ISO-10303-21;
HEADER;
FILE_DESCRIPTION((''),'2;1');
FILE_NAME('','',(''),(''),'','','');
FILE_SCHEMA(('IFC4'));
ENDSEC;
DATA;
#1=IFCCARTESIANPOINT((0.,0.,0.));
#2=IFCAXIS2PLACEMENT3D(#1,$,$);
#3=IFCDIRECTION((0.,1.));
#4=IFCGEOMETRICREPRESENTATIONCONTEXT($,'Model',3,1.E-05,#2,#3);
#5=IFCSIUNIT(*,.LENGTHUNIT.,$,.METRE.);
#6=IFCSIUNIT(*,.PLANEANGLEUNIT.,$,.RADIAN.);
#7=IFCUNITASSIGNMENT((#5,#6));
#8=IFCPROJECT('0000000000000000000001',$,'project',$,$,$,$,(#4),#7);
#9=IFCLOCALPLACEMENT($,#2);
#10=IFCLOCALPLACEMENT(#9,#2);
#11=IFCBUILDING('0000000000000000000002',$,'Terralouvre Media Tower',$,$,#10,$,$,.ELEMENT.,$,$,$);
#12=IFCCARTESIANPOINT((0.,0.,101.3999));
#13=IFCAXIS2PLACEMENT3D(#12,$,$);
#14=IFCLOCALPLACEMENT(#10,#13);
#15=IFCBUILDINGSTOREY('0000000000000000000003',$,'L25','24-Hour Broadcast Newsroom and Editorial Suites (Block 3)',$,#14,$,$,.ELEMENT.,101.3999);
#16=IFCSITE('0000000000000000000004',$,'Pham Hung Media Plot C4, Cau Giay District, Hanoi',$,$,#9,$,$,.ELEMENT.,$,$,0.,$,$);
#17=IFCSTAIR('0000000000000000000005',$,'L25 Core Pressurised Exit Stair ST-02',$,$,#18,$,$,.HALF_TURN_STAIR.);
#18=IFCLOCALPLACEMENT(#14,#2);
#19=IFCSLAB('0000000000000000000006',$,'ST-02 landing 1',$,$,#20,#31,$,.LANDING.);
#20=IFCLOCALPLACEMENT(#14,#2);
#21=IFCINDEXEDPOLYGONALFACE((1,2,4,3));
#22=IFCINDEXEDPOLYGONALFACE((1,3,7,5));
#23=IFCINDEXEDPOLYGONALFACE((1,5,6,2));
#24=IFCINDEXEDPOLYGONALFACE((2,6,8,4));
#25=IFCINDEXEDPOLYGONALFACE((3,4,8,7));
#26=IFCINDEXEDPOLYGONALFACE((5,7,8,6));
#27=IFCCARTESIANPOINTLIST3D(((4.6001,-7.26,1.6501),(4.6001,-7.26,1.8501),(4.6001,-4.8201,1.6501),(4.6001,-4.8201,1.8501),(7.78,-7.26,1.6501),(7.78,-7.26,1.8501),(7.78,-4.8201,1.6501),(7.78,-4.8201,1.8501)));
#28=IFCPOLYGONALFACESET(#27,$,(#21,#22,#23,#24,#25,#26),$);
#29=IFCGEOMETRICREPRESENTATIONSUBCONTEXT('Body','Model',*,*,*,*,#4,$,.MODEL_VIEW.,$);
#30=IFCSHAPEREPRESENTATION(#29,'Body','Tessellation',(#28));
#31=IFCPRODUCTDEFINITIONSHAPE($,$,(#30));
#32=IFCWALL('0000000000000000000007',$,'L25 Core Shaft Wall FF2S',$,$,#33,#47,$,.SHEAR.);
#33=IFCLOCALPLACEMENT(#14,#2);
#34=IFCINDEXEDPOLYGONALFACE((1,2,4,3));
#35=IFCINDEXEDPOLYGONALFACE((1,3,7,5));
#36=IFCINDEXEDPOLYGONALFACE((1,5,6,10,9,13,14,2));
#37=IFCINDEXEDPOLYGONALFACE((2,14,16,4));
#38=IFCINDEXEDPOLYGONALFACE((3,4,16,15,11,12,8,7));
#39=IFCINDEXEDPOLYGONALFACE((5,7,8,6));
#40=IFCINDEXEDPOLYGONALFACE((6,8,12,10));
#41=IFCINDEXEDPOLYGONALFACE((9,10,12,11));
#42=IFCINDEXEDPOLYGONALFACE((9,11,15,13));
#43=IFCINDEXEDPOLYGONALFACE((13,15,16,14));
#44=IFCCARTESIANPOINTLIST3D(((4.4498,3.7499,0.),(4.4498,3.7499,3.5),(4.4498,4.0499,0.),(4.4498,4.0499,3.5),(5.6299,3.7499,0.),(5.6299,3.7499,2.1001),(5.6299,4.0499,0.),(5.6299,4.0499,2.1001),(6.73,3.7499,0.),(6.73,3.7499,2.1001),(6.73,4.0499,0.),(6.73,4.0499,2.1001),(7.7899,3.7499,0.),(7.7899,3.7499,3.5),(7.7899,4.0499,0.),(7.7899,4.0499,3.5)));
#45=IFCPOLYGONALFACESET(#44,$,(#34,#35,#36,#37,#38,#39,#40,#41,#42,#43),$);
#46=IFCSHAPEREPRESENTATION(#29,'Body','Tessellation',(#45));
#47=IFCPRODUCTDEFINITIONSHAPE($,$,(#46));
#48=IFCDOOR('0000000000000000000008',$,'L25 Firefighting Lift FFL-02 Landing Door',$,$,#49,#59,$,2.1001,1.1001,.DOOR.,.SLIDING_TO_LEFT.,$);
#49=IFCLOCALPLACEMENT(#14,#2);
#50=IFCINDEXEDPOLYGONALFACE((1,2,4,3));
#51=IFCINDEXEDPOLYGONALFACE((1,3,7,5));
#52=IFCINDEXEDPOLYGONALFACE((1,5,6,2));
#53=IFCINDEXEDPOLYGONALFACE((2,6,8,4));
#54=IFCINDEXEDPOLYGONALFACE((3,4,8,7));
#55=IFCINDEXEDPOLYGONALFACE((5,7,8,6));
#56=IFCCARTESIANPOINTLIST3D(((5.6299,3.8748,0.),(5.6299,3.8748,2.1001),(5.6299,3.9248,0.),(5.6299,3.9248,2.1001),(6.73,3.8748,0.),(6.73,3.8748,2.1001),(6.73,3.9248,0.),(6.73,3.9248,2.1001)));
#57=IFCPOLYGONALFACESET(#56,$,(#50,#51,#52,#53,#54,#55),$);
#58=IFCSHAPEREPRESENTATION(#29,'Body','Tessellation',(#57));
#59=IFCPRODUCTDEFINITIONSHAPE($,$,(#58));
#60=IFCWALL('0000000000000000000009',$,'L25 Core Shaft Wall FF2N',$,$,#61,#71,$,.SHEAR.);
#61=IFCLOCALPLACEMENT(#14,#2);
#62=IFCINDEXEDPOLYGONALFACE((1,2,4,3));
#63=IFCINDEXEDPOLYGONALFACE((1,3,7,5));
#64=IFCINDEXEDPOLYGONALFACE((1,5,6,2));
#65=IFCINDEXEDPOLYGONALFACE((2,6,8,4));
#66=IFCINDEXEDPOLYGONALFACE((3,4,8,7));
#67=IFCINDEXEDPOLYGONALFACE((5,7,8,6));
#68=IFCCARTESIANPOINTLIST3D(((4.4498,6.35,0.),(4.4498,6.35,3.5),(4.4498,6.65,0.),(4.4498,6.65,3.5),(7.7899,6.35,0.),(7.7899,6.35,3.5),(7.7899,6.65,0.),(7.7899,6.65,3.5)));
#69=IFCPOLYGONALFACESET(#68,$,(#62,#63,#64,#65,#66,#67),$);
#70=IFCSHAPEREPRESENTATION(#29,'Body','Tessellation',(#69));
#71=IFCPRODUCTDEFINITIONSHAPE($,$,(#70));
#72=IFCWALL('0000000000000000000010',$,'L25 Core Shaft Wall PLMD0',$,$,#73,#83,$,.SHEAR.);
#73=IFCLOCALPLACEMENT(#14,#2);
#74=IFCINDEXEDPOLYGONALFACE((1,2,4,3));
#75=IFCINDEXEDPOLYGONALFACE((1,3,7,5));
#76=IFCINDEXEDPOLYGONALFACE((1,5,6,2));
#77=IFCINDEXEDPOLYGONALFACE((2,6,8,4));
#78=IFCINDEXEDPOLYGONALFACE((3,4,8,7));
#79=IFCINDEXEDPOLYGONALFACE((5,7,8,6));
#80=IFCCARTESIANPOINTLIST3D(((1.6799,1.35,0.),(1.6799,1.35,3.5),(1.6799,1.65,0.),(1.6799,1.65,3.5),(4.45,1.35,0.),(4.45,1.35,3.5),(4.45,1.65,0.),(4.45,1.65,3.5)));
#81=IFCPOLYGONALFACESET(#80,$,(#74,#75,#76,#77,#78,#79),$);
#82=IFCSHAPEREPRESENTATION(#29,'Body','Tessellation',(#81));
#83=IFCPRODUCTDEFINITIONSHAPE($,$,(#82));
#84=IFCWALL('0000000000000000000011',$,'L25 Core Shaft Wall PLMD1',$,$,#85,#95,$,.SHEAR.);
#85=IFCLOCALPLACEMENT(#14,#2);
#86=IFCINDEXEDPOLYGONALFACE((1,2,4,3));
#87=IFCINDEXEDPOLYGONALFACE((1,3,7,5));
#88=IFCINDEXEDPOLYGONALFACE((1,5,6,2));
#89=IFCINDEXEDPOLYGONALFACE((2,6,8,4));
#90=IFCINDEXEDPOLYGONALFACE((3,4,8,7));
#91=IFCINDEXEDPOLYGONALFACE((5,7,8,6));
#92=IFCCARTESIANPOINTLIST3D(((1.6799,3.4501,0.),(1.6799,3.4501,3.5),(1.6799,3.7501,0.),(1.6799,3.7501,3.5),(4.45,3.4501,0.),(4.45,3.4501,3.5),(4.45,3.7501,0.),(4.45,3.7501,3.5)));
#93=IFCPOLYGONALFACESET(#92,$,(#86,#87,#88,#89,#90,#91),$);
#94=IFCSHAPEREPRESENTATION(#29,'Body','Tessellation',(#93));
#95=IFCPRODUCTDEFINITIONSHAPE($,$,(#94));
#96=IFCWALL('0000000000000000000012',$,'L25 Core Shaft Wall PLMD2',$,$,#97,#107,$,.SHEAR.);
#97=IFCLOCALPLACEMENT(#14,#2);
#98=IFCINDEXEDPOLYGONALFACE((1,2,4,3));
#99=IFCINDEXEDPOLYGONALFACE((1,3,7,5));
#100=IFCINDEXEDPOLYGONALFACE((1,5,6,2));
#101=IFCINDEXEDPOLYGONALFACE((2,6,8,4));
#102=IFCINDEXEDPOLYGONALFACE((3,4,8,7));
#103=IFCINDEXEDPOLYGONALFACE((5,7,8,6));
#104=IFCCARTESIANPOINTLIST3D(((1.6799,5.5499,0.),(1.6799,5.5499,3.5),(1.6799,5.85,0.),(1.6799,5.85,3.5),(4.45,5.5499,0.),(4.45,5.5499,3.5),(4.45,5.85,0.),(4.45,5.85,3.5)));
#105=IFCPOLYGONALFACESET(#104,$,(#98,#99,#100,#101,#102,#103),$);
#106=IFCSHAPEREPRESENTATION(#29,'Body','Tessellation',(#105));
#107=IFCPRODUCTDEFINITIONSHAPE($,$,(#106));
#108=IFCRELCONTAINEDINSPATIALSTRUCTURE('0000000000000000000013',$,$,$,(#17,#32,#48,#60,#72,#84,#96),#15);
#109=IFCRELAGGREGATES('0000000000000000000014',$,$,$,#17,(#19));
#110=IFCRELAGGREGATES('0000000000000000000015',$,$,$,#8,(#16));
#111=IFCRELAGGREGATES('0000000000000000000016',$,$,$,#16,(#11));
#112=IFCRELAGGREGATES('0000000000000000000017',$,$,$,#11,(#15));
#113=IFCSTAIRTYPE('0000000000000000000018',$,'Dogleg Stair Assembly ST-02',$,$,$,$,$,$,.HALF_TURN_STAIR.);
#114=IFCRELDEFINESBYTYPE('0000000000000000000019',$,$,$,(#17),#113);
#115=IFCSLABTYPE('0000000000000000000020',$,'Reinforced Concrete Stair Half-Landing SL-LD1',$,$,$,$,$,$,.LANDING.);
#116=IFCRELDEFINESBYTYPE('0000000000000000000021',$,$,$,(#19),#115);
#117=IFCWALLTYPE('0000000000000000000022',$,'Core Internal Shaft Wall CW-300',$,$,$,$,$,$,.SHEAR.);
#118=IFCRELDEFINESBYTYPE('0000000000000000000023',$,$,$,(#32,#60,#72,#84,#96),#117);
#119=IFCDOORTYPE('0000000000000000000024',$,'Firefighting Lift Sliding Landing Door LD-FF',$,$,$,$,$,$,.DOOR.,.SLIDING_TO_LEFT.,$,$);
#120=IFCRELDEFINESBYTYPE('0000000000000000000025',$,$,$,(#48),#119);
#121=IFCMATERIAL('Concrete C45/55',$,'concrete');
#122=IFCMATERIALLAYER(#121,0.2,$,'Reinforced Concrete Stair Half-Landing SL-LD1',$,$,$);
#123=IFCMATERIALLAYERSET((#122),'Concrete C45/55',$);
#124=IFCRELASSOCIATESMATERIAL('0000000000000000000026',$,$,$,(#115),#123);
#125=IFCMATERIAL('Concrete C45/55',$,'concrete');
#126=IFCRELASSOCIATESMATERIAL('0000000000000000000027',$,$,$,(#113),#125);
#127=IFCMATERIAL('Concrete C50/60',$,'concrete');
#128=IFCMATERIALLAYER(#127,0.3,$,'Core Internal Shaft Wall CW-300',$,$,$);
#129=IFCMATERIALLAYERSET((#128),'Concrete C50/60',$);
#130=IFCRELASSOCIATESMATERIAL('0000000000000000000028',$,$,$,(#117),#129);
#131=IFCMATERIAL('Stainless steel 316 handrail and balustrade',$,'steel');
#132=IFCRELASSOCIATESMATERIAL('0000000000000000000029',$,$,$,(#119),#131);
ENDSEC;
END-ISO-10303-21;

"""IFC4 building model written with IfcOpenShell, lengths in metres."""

from ifc_helpers import new_model, si_unit, direction, frame, frame_2d, origin, place, context, subcontext, project, spatial, polyline, rectangle, outline, extrude, material, layer, layer_set, type_object, element, fill, aggregate, save


model = new_model("IFC4")

# Units and contexts
model_context = context("Model", 3, precision=1e-05, world=origin(), true_north=direction((0.0, 1.0)))
body_context = subcontext(model_context, "Body", "Model", "MODEL_VIEW")
ifc_project = project(units=[si_unit("LENGTHUNIT", "METRE"), si_unit("PLANEANGLEUNIT", "RADIAN")], contexts=[model_context])

# Site, building, storey
site_placement = place(None, origin())
site = spatial("IfcSite", under=ifc_project, at=site_placement, Name="Pham Hung Media Plot C4, Cau Giay District, Hanoi", CompositionType="ELEMENT", RefElevation=0.0)
building_placement = place(site_placement, origin())
building = spatial("IfcBuilding", under=site, at=building_placement, Name="Terralouvre Media Tower", CompositionType="ELEMENT")
storey_placement = place(building_placement, frame((0.0, 0.0, 101.3999)))
storey = spatial("IfcBuildingStorey", under=building, at=storey_placement, Name="L25", Description="24-Hour Broadcast Newsroom and Editorial Suites (Block 3)", CompositionType="ELEMENT", Elevation=101.3999)

# Stair, slab
ifc_material_1 = material(Name="Concrete C45/55", Category="concrete")
ifc_layer_1 = layer(ifc_material_1, 0.2, Name="Reinforced Concrete Stair Half-Landing SL-LD1")
ifc_layer_set_1 = layer_set([ifc_layer_1], Name="Concrete C45/55")
slab_type = type_object("IfcSlabType", Name="Reinforced Concrete Stair Half-Landing SL-LD1", PredefinedType="LANDING", material=ifc_layer_set_1)
ifc_material_2 = material(Name="Concrete C45/55", Category="concrete")
stair_type_1 = type_object("IfcStairType", Name="Dogleg Stair Assembly ST-02", PredefinedType="HALF_TURN_STAIR", material=ifc_material_2)
stair_1_placement = place(storey_placement, origin())
stair_1 = element("IfcStair", 1, at=stair_1_placement, inside=storey, type_object=stair_type_1, Name="L25 Core Pressurised Exit Stair ST-02", PredefinedType="HALF_TURN_STAIR")
slab_1_placement = place(storey_placement, frame((0.0, 0.0, 1.6501)))
slab_1 = element("IfcSlab", 2, at=slab_1_placement, type_object=slab_type, Name="ST-02 landing 1", PredefinedType="LANDING", context=body_context, shape_type="SweptSolid", body=[
    extrude(outline(polyline([(4.6001, -4.8201), (4.6001, -7.26), (7.78, -7.26), (7.78, -4.8201), (4.6001, -4.8201)])), origin(), (0.0, 0.0, 1.0), 0.2),
])
aggregate(stair_1, [slab_1])

# Wall, opening, door
ifc_material_3 = material(Name="Concrete C50/60", Category="concrete")
ifc_layer_2 = layer(ifc_material_3, 0.3, Name="Core Internal Shaft Wall CW-300")
ifc_layer_set_2 = layer_set([ifc_layer_2], Name="Concrete C50/60")
wall_type = type_object("IfcWallType", Name="Core Internal Shaft Wall CW-300", PredefinedType="SHEAR", material=ifc_layer_set_2)
wall_1_placement = place(storey_placement, frame((4.45, 3.8999, 0.0), z_axis=(0.0, 0.0, 1.0), x_axis=(1.0, 0.0, 0.0)))
wall_1 = element("IfcWall", 3, at=wall_1_placement, inside=storey, type_object=wall_type, Name="L25 Core Shaft Wall FF2S", PredefinedType="SHEAR", context=body_context, shape_type="SweptSolid", body=[
    extrude(rectangle(XDim=3.3401, YDim=0.3, at=frame_2d((1.6699, 0.0))), origin(), (0.0, 0.0, 1.0), 3.5),
])
opening_placement = place(wall_1_placement, frame((1.1799, 0.0, 0.0)))
opening = element("IfcOpeningElement", 4, at=opening_placement, cuts=wall_1, PredefinedType="OPENING", context=body_context, shape_type="SweptSolid", body=[
    extrude(rectangle(XDim=1.1001, YDim=2.1001, at=frame_2d((0.55, 1.05))), frame((0.0, 0.1599, 0.0), z_axis=(0.0, -1.0, 0.0), x_axis=(1.0, 0.0, 0.0)), (0.0, 0.0, 1.0), 0.3201),
])
ifc_material_4 = material(Name="Stainless steel 316 handrail and balustrade", Category="steel")
door_type = type_object("IfcDoorType", Name="Firefighting Lift Sliding Landing Door LD-FF", OperationType="SLIDING_TO_LEFT", PredefinedType="DOOR", material=ifc_material_4)
door_placement = place(opening_placement, origin())
door = element("IfcDoor", 5, at=door_placement, inside=storey, type_object=door_type, Name="L25 Firefighting Lift FFL-02 Landing Door", OperationType="SLIDING_TO_LEFT", OverallHeight=2.1001, OverallWidth=1.1001, PredefinedType="DOOR", context=body_context, shape_type="SweptSolid", body=[
    extrude(rectangle(XDim=1.1001, YDim=2.1001, at=frame_2d((0.55, 1.05))), frame((0.0, 0.0249, 0.0), z_axis=(0.0, -1.0, 0.0), x_axis=(1.0, 0.0, 0.0)), (0.0, 0.0, 1.0), 0.05),
])
fill(opening, door)

# Walls
wall_2_placement = place(storey_placement, frame((4.45, 6.5, 0.0), z_axis=(0.0, 0.0, 1.0), x_axis=(1.0, 0.0, 0.0)))
element("IfcWall", 6, at=wall_2_placement, inside=storey, type_object=wall_type, Name="L25 Core Shaft Wall FF2N", PredefinedType="SHEAR", context=body_context, shape_type="SweptSolid", body=[
    extrude(rectangle(XDim=3.3401, YDim=0.3, at=frame_2d((1.6699, 0.0))), origin(), (0.0, 0.0, 1.0), 3.5),
])
for number, where, z_axis, x_axis, name in (
    (7, (1.6799, 1.5, 0.0), (0.0, 0.0, 1.0), (1.0, 0.0, 0.0), "L25 Core Shaft Wall PLMD0"),
    (8, (1.6799, 3.6001, 0.0), (0.0, 0.0, 1.0), (1.0, 0.0, 0.0), "L25 Core Shaft Wall PLMD1"),
    (9, (1.6799, 5.7, 0.0), (0.0, 0.0, 1.0), (1.0, 0.0, 0.0), "L25 Core Shaft Wall PLMD2"),
):
    element("IfcWall", number, at=place(storey_placement, frame(where, z_axis=z_axis, x_axis=x_axis)), inside=storey, type_object=wall_type, Name=name, PredefinedType="SHEAR", context=body_context, shape_type="SweptSolid", body=[
        extrude(rectangle(XDim=2.77, YDim=0.3, at=frame_2d((1.385, 0.0))), origin(), (0.0, 0.0, 1.0), 3.5),
    ])

save(model, "model.ifc")
